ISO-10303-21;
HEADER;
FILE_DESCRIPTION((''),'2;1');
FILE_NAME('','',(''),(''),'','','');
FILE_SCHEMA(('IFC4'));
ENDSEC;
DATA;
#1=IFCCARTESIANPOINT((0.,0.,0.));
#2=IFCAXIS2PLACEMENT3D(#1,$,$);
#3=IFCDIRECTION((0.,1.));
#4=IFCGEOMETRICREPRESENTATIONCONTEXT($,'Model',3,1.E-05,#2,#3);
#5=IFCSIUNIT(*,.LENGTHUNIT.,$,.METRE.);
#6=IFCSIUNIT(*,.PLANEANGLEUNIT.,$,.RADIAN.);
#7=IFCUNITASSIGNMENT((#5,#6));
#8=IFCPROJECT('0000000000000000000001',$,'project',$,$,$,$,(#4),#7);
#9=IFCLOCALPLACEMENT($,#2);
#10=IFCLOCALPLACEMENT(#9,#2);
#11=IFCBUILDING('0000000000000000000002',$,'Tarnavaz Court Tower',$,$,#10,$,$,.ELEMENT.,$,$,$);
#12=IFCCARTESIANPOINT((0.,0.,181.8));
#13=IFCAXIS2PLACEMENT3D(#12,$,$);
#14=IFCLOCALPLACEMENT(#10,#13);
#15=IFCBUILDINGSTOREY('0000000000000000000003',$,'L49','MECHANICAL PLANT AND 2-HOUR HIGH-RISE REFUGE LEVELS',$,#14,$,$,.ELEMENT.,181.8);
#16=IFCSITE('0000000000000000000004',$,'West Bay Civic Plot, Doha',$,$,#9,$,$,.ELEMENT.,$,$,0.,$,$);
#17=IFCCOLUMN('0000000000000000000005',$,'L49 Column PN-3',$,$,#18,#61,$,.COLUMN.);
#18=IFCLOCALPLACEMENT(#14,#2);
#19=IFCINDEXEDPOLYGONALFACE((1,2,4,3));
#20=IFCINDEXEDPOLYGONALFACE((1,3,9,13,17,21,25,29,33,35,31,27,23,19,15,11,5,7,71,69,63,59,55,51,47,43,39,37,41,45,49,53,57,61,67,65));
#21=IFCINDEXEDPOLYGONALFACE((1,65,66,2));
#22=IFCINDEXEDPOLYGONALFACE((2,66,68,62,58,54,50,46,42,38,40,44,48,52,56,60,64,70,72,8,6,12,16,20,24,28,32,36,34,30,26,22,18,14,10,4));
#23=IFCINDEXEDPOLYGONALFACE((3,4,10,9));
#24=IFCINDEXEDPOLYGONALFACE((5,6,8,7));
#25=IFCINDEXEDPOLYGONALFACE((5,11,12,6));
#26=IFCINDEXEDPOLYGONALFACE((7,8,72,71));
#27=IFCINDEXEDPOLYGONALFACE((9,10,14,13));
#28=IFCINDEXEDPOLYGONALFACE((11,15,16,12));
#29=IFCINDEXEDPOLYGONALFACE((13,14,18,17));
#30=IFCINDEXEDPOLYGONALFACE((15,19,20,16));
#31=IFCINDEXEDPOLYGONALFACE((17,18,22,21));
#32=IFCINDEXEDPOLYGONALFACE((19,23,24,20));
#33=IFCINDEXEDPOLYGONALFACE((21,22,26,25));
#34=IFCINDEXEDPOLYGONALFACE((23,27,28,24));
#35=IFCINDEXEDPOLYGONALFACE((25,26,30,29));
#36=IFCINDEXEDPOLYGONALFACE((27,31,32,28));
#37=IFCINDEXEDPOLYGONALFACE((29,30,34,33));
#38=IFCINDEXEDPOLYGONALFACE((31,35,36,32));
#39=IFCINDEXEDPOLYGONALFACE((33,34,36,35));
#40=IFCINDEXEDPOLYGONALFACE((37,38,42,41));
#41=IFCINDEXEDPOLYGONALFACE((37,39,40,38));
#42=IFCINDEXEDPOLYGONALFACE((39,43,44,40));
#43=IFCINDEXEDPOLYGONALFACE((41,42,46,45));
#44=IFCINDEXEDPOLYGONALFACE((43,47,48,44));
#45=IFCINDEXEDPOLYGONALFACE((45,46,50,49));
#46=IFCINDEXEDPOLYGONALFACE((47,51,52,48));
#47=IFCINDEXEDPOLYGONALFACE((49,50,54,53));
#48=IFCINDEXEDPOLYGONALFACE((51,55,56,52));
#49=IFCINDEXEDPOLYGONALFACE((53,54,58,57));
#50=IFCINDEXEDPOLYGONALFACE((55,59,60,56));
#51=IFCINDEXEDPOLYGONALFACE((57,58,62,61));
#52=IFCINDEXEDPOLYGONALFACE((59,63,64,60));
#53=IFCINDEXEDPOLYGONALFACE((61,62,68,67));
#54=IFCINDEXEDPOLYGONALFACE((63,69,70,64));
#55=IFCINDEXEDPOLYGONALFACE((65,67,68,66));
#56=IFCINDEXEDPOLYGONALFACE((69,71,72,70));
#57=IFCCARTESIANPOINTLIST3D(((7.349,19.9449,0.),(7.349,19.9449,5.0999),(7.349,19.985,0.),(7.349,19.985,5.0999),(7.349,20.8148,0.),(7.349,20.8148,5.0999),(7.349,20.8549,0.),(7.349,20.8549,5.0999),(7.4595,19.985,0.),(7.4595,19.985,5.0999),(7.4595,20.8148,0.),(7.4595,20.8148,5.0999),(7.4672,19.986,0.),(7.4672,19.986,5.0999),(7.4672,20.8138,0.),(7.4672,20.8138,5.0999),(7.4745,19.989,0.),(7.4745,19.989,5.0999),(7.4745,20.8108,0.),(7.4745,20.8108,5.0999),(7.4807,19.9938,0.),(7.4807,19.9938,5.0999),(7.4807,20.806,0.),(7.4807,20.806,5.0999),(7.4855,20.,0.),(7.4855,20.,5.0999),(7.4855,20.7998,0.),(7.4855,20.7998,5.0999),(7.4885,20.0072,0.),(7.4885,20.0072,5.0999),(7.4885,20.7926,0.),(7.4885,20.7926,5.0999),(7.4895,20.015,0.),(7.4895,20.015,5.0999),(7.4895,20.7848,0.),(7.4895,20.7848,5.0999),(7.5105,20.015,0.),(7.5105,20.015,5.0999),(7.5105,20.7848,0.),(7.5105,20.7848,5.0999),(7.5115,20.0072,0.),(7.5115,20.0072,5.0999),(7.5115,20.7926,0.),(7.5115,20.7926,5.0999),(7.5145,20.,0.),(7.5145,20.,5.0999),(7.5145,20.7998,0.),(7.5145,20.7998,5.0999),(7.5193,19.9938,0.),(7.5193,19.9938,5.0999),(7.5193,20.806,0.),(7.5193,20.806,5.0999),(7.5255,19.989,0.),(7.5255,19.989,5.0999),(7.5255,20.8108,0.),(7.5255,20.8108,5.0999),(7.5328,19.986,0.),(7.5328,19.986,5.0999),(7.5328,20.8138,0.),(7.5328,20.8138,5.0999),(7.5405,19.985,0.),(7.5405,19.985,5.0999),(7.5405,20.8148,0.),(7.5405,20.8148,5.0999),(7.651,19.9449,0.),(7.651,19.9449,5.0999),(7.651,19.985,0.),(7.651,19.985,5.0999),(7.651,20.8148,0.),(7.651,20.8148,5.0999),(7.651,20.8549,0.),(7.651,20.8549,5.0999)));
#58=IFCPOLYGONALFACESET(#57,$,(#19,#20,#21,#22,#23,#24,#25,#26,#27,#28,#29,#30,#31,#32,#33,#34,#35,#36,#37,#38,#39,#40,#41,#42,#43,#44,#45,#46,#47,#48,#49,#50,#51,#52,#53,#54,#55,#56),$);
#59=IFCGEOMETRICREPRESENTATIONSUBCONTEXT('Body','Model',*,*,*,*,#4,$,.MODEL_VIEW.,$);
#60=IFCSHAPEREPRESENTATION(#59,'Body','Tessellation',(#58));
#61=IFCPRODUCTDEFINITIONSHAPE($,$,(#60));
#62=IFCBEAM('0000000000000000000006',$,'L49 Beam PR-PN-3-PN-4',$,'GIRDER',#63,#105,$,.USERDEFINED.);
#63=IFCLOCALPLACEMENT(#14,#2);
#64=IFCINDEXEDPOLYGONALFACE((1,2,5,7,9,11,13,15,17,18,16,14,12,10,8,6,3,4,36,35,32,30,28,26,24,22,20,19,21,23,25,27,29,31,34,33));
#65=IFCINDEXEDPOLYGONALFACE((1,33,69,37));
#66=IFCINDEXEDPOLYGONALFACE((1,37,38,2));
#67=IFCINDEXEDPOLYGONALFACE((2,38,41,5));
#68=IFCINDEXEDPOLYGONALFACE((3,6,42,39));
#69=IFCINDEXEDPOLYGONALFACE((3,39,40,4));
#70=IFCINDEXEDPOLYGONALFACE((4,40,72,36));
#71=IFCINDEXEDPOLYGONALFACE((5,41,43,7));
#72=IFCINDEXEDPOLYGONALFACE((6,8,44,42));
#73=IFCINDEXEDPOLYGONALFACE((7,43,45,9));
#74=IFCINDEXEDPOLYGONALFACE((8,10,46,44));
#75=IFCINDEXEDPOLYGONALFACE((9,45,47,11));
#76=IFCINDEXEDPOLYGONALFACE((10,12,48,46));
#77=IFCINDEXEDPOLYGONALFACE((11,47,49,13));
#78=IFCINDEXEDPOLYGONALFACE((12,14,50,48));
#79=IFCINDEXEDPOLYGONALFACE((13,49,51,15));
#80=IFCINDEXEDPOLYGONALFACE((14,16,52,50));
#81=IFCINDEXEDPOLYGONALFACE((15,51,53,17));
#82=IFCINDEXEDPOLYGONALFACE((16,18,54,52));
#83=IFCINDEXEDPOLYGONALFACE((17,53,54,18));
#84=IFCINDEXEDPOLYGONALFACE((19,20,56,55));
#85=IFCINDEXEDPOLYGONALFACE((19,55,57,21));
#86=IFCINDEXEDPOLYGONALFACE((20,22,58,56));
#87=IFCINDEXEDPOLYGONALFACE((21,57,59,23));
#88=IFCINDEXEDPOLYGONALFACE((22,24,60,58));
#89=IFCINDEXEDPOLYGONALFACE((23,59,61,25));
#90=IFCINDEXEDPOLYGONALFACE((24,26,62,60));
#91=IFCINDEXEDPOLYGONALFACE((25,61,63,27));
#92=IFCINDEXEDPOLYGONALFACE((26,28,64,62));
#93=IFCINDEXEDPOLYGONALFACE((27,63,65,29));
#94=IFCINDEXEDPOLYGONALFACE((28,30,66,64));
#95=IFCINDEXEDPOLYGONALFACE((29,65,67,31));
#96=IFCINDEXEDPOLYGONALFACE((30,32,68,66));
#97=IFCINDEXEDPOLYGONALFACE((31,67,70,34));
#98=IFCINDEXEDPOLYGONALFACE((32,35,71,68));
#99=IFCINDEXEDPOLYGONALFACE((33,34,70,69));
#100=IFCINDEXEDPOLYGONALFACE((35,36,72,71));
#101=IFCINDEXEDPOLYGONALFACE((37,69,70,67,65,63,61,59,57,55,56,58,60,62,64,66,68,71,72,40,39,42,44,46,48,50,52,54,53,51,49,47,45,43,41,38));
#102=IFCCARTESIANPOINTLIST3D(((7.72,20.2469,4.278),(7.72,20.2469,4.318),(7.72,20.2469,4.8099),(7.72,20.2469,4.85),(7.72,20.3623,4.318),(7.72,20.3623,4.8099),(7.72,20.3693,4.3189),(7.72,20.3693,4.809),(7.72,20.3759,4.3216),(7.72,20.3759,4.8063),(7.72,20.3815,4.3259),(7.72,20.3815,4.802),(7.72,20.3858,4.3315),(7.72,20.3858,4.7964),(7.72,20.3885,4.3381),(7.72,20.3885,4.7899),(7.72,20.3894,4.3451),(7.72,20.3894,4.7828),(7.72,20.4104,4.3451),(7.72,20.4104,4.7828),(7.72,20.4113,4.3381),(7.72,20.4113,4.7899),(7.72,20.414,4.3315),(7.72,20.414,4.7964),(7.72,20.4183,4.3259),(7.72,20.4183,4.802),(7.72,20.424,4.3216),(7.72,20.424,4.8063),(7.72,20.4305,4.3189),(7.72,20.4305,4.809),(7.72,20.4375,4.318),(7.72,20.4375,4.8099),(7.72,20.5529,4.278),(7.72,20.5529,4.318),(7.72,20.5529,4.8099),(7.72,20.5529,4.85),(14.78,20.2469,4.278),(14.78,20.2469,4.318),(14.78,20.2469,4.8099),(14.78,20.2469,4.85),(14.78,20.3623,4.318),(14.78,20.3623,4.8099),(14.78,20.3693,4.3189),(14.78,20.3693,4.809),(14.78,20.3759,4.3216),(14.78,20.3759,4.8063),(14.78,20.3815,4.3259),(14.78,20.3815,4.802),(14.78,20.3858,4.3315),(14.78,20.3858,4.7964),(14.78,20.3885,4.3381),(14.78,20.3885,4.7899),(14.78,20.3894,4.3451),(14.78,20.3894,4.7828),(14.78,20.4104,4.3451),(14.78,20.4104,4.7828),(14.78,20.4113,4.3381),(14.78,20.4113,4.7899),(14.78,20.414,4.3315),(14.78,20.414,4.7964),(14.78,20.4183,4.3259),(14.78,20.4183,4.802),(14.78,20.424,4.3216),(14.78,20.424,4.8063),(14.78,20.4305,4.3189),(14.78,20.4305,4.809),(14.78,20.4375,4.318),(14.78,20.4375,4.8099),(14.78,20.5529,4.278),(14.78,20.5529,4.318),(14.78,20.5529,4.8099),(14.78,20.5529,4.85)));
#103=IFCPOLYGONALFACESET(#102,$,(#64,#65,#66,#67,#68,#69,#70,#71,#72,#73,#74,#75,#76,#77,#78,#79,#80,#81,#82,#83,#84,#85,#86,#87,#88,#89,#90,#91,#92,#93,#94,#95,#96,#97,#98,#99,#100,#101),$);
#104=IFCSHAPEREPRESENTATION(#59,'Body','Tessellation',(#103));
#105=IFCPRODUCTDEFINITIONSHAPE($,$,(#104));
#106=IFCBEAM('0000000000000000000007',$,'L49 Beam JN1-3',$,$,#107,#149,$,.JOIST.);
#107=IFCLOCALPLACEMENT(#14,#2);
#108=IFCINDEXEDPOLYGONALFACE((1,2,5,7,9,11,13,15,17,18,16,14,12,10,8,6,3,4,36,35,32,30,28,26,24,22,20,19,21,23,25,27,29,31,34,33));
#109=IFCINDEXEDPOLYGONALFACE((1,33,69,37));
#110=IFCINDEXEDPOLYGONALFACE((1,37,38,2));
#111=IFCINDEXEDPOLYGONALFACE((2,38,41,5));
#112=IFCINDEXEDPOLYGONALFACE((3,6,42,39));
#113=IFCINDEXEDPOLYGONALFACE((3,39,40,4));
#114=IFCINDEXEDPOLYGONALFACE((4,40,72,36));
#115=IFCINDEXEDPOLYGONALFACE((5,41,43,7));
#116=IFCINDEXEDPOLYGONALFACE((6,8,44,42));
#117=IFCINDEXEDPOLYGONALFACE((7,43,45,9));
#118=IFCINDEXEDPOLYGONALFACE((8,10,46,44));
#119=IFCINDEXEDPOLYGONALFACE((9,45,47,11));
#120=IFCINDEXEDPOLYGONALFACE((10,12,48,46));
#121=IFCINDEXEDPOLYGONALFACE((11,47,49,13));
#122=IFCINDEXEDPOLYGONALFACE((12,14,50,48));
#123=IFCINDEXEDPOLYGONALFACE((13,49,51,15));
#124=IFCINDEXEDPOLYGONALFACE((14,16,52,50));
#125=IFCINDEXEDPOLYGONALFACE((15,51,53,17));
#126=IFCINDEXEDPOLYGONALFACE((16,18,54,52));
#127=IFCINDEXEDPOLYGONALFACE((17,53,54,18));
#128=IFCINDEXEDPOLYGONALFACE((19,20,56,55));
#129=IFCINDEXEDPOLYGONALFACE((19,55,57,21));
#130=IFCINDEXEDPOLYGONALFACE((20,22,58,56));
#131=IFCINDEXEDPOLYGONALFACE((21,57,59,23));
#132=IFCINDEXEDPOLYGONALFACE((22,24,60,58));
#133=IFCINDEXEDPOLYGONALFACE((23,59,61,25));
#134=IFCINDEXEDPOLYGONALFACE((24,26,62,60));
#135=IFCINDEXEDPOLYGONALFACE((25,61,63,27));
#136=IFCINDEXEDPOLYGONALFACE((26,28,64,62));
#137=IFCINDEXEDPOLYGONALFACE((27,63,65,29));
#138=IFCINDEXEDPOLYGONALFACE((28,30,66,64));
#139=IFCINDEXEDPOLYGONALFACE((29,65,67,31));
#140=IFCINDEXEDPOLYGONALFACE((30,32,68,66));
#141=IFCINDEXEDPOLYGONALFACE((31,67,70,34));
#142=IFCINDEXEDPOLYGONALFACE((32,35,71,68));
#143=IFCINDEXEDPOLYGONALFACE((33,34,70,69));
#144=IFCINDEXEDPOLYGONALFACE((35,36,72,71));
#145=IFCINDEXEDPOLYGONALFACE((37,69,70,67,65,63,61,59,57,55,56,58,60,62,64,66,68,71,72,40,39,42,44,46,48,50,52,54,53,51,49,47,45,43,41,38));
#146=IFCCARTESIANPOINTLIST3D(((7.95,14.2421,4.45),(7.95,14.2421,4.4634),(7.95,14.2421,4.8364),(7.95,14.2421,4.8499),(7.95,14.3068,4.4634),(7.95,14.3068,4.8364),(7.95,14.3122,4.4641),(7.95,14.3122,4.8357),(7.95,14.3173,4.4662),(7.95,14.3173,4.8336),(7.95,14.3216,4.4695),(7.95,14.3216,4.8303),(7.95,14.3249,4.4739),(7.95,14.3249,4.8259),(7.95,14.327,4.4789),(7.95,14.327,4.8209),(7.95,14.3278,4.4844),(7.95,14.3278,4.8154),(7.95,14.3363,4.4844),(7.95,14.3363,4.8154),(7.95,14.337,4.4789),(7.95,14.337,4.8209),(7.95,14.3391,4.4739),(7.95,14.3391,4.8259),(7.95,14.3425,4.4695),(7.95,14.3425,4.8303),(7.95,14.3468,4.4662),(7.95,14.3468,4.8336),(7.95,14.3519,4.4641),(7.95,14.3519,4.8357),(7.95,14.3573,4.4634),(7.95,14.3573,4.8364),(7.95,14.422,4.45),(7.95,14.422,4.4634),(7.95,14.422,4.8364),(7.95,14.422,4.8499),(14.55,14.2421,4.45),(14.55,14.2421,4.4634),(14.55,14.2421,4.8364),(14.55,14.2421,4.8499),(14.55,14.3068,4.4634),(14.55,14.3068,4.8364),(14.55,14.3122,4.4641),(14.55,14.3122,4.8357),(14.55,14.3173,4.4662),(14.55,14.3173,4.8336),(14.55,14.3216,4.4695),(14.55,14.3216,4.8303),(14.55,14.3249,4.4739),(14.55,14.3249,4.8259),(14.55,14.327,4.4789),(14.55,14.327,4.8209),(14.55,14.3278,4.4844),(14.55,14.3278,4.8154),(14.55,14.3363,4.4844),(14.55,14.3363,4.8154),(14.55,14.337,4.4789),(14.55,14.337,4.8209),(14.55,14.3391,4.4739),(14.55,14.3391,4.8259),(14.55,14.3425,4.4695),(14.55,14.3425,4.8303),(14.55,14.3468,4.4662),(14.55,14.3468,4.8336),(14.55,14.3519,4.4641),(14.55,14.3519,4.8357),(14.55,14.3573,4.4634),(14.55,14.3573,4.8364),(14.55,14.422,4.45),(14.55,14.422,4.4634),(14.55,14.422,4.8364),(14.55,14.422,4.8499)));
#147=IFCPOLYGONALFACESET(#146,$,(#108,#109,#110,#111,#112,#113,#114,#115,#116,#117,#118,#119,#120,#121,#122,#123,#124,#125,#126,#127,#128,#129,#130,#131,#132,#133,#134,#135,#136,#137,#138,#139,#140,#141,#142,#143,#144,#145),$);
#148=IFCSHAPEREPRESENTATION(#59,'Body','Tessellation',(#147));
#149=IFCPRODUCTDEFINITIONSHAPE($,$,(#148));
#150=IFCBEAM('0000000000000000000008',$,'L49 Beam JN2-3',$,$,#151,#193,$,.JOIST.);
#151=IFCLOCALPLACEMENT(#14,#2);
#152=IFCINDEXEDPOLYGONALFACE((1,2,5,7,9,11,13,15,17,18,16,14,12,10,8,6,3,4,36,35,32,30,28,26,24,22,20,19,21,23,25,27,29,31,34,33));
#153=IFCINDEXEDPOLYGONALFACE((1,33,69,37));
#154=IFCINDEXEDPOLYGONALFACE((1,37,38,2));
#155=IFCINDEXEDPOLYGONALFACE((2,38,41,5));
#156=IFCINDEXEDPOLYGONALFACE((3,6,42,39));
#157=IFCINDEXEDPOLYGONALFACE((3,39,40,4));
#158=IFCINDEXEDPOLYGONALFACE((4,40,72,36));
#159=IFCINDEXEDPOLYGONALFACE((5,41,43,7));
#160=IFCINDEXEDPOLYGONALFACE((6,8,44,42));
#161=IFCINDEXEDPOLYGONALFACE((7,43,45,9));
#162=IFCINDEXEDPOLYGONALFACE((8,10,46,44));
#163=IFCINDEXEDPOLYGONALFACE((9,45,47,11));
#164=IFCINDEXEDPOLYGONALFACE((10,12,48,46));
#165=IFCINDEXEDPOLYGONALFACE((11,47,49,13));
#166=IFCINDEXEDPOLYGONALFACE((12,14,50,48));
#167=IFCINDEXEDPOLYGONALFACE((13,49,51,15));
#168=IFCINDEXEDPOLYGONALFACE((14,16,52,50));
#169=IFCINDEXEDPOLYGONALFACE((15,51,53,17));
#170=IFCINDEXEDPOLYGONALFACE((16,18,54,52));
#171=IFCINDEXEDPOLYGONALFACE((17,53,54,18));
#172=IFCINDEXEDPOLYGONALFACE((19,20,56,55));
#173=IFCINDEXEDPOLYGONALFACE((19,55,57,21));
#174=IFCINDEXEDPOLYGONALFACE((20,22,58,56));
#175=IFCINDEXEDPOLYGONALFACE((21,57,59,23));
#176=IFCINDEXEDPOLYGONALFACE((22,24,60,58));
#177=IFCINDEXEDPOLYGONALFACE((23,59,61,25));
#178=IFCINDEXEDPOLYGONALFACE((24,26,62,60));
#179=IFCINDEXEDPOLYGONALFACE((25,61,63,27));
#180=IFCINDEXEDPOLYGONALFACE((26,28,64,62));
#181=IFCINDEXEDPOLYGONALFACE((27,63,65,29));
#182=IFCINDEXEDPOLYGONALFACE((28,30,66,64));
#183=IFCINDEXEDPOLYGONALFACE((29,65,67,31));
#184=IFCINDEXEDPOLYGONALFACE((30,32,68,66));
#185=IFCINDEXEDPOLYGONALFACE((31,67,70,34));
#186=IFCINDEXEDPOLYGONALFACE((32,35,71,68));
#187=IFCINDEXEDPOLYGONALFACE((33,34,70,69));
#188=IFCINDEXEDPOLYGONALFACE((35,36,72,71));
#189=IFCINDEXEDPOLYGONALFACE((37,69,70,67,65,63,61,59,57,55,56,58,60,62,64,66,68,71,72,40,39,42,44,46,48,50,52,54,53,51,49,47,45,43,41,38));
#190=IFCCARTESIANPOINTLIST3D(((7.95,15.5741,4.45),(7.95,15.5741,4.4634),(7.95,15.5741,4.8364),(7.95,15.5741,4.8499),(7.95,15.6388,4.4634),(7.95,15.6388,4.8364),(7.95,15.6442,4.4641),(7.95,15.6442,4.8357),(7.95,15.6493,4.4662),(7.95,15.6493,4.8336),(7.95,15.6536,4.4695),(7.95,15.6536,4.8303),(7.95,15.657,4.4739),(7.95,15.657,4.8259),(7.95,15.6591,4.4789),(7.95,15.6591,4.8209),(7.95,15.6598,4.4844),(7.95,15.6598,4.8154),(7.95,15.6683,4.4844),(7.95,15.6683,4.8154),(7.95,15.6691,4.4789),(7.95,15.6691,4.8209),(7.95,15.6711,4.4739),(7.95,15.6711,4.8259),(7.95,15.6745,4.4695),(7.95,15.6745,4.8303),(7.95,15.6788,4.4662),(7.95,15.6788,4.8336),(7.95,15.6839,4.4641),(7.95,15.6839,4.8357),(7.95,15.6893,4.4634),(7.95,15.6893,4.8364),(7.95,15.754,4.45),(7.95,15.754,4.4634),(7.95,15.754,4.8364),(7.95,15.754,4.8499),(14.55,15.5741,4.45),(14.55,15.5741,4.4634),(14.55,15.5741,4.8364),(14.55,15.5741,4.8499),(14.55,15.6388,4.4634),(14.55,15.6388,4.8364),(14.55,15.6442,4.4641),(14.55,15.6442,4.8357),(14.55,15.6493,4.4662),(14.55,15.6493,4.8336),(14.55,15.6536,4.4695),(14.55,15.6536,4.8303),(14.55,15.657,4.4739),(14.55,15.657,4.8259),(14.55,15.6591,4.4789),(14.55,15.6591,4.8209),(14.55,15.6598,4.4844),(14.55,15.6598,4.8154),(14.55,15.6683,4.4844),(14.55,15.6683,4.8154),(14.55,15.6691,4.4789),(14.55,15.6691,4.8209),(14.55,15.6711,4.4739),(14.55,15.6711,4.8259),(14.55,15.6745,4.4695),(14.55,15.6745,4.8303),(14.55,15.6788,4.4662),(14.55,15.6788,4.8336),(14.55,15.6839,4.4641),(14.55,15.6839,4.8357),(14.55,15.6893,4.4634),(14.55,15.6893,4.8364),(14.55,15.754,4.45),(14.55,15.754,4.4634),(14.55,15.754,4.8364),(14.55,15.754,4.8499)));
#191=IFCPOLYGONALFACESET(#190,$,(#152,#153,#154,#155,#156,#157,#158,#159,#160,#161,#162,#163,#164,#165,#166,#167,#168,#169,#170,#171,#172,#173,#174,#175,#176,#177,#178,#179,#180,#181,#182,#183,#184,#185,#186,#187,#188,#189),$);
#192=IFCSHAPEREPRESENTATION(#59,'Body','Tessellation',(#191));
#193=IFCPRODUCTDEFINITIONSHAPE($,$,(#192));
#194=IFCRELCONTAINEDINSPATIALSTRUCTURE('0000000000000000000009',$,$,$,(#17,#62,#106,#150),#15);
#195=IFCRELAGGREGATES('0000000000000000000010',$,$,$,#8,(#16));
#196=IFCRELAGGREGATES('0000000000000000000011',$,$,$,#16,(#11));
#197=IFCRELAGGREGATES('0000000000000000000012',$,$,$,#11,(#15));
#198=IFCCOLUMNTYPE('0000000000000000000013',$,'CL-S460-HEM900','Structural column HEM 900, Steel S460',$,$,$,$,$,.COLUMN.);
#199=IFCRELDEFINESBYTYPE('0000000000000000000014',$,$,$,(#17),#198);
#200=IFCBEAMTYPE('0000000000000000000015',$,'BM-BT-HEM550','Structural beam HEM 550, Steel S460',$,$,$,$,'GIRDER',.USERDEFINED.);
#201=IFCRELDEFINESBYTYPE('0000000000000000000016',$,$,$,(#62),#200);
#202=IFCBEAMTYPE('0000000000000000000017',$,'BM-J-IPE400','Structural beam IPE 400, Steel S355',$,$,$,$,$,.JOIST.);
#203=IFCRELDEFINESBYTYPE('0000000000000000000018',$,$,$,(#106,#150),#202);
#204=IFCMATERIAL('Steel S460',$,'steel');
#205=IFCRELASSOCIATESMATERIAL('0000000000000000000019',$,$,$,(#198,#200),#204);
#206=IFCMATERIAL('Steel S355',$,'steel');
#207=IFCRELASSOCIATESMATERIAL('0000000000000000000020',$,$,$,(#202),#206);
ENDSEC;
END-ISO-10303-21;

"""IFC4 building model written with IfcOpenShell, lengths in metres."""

from ifc_helpers import new_model, si_unit, direction, frame, origin, origin_2d, place, context, subcontext, project, spatial, i_section, extrude, material, material_profile, profile_set, type_object, element, save


model = new_model("IFC4")

# Units and contexts
model_context = context("Model", 3, precision=1e-05, world=origin(), true_north=direction((0.0, 1.0)))
body_context = subcontext(model_context, "Body", "Model", "MODEL_VIEW")
ifc_project = project(units=[si_unit("LENGTHUNIT", "METRE"), si_unit("PLANEANGLEUNIT", "RADIAN")], contexts=[model_context])

# Site, building, storey
site_placement = place(None, origin())
site = spatial("IfcSite", under=ifc_project, at=site_placement, Name="West Bay Civic Plot, Doha", CompositionType="ELEMENT", RefElevation=0.0)
building_placement = place(site_placement, origin())
building = spatial("IfcBuilding", under=site, at=building_placement, Name="Tarnavaz Court Tower", CompositionType="ELEMENT")
storey_placement = place(building_placement, frame((0.0, 0.0, 181.8)))
storey = spatial("IfcBuildingStorey", under=building, at=storey_placement, Name="L49", Description="MECHANICAL PLANT AND 2-HOUR HIGH-RISE REFUGE LEVELS", CompositionType="ELEMENT", Elevation=181.8)

# Column
ifc_material_1 = material(Name="Steel S460", Category="steel")
ifc_material_profile_1 = material_profile(ifc_material_1, i_section(OverallWidth=0.302, OverallDepth=0.9099, WebThickness=0.021, FlangeThickness=0.04, FilletRadius=0.03, at=origin_2d()), Name="HEM 900")
ifc_profile_set_1 = profile_set([ifc_material_profile_1], Name="Steel S460")
column_type = type_object("IfcColumnType", Name="CL-S460-HEM900", Description="Structural column HEM 900, Steel S460", PredefinedType="COLUMN", material=ifc_profile_set_1)
column_placement = place(storey_placement, frame((7.5, 20.3999, 0.0), z_axis=(0.0, 0.0, 1.0), x_axis=(1.0, 0.0, 0.0)))
element("IfcColumn", 1, at=column_placement, inside=storey, type_object=column_type, Name="L49 Column PN-3", PredefinedType="COLUMN", context=body_context, shape_type="SweptSolid", body=[
    extrude(i_section(OverallWidth=0.302, OverallDepth=0.9099, WebThickness=0.021, FlangeThickness=0.04, FilletRadius=0.03, at=origin_2d()), origin(), (0.0, 0.0, 1.0), 5.0999),
])

# Beams
ifc_material_profile_2 = material_profile(ifc_material_1, i_section(OverallWidth=0.3059, OverallDepth=0.572, WebThickness=0.021, FlangeThickness=0.04, FilletRadius=0.0271, at=origin_2d()), Name="HEM 550")
ifc_profile_set_2 = profile_set([ifc_material_profile_2], Name="Steel S460")
beam_type_1 = type_object("IfcBeamType", Name="BM-BT-HEM550", Description="Structural beam HEM 550, Steel S460", ElementType="GIRDER", PredefinedType="USERDEFINED", material=ifc_profile_set_2)
beam_placement = place(storey_placement, frame((7.72, 20.3999, 4.564), z_axis=(1.0, 0.0, 0.0), x_axis=(0.0, 1.0, 0.0)))
element("IfcBeam", 2, at=beam_placement, inside=storey, type_object=beam_type_1, Name="L49 Beam PR-PN-3-PN-4", ObjectType="GIRDER", PredefinedType="USERDEFINED", context=body_context, shape_type="SweptSolid", body=[
    extrude(i_section(OverallWidth=0.3059, OverallDepth=0.572, WebThickness=0.021, FlangeThickness=0.04, FilletRadius=0.0271, at=origin_2d()), origin(), (0.0, 0.0, 1.0), 7.0601),
])
ifc_material_2 = material(Name="Steel S355", Category="steel")
ifc_material_profile_3 = material_profile(ifc_material_2, i_section(OverallWidth=0.1799, OverallDepth=0.3999, WebThickness=0.0085, FlangeThickness=0.0134, FilletRadius=0.021, at=origin_2d()), Name="IPE 400")
ifc_profile_set_3 = profile_set([ifc_material_profile_3], Name="Steel S355")
beam_type_2 = type_object("IfcBeamType", Name="BM-J-IPE400", Description="Structural beam IPE 400, Steel S355", PredefinedType="JOIST", material=ifc_profile_set_3)
for number, where, z_axis, x_axis, name in (
    (3, (7.95, 14.332, 4.6499), (1.0, 0.0, 0.0), (0.0, 1.0, 0.0), "L49 Beam JN1-3"),
    (4, (7.95, 15.6641, 4.6499), (1.0, 0.0, 0.0), (0.0, 1.0, 0.0), "L49 Beam JN2-3"),
):
    element("IfcBeam", number, at=place(storey_placement, frame(where, z_axis=z_axis, x_axis=x_axis)), inside=storey, type_object=beam_type_2, Name=name, PredefinedType="JOIST", context=body_context, shape_type="SweptSolid", body=[
        extrude(i_section(OverallWidth=0.1799, OverallDepth=0.3999, WebThickness=0.0085, FlangeThickness=0.0134, FilletRadius=0.021, at=origin_2d()), origin(), (0.0, 0.0, 1.0), 6.6001),
    ])

save(model, "model.ifc")
